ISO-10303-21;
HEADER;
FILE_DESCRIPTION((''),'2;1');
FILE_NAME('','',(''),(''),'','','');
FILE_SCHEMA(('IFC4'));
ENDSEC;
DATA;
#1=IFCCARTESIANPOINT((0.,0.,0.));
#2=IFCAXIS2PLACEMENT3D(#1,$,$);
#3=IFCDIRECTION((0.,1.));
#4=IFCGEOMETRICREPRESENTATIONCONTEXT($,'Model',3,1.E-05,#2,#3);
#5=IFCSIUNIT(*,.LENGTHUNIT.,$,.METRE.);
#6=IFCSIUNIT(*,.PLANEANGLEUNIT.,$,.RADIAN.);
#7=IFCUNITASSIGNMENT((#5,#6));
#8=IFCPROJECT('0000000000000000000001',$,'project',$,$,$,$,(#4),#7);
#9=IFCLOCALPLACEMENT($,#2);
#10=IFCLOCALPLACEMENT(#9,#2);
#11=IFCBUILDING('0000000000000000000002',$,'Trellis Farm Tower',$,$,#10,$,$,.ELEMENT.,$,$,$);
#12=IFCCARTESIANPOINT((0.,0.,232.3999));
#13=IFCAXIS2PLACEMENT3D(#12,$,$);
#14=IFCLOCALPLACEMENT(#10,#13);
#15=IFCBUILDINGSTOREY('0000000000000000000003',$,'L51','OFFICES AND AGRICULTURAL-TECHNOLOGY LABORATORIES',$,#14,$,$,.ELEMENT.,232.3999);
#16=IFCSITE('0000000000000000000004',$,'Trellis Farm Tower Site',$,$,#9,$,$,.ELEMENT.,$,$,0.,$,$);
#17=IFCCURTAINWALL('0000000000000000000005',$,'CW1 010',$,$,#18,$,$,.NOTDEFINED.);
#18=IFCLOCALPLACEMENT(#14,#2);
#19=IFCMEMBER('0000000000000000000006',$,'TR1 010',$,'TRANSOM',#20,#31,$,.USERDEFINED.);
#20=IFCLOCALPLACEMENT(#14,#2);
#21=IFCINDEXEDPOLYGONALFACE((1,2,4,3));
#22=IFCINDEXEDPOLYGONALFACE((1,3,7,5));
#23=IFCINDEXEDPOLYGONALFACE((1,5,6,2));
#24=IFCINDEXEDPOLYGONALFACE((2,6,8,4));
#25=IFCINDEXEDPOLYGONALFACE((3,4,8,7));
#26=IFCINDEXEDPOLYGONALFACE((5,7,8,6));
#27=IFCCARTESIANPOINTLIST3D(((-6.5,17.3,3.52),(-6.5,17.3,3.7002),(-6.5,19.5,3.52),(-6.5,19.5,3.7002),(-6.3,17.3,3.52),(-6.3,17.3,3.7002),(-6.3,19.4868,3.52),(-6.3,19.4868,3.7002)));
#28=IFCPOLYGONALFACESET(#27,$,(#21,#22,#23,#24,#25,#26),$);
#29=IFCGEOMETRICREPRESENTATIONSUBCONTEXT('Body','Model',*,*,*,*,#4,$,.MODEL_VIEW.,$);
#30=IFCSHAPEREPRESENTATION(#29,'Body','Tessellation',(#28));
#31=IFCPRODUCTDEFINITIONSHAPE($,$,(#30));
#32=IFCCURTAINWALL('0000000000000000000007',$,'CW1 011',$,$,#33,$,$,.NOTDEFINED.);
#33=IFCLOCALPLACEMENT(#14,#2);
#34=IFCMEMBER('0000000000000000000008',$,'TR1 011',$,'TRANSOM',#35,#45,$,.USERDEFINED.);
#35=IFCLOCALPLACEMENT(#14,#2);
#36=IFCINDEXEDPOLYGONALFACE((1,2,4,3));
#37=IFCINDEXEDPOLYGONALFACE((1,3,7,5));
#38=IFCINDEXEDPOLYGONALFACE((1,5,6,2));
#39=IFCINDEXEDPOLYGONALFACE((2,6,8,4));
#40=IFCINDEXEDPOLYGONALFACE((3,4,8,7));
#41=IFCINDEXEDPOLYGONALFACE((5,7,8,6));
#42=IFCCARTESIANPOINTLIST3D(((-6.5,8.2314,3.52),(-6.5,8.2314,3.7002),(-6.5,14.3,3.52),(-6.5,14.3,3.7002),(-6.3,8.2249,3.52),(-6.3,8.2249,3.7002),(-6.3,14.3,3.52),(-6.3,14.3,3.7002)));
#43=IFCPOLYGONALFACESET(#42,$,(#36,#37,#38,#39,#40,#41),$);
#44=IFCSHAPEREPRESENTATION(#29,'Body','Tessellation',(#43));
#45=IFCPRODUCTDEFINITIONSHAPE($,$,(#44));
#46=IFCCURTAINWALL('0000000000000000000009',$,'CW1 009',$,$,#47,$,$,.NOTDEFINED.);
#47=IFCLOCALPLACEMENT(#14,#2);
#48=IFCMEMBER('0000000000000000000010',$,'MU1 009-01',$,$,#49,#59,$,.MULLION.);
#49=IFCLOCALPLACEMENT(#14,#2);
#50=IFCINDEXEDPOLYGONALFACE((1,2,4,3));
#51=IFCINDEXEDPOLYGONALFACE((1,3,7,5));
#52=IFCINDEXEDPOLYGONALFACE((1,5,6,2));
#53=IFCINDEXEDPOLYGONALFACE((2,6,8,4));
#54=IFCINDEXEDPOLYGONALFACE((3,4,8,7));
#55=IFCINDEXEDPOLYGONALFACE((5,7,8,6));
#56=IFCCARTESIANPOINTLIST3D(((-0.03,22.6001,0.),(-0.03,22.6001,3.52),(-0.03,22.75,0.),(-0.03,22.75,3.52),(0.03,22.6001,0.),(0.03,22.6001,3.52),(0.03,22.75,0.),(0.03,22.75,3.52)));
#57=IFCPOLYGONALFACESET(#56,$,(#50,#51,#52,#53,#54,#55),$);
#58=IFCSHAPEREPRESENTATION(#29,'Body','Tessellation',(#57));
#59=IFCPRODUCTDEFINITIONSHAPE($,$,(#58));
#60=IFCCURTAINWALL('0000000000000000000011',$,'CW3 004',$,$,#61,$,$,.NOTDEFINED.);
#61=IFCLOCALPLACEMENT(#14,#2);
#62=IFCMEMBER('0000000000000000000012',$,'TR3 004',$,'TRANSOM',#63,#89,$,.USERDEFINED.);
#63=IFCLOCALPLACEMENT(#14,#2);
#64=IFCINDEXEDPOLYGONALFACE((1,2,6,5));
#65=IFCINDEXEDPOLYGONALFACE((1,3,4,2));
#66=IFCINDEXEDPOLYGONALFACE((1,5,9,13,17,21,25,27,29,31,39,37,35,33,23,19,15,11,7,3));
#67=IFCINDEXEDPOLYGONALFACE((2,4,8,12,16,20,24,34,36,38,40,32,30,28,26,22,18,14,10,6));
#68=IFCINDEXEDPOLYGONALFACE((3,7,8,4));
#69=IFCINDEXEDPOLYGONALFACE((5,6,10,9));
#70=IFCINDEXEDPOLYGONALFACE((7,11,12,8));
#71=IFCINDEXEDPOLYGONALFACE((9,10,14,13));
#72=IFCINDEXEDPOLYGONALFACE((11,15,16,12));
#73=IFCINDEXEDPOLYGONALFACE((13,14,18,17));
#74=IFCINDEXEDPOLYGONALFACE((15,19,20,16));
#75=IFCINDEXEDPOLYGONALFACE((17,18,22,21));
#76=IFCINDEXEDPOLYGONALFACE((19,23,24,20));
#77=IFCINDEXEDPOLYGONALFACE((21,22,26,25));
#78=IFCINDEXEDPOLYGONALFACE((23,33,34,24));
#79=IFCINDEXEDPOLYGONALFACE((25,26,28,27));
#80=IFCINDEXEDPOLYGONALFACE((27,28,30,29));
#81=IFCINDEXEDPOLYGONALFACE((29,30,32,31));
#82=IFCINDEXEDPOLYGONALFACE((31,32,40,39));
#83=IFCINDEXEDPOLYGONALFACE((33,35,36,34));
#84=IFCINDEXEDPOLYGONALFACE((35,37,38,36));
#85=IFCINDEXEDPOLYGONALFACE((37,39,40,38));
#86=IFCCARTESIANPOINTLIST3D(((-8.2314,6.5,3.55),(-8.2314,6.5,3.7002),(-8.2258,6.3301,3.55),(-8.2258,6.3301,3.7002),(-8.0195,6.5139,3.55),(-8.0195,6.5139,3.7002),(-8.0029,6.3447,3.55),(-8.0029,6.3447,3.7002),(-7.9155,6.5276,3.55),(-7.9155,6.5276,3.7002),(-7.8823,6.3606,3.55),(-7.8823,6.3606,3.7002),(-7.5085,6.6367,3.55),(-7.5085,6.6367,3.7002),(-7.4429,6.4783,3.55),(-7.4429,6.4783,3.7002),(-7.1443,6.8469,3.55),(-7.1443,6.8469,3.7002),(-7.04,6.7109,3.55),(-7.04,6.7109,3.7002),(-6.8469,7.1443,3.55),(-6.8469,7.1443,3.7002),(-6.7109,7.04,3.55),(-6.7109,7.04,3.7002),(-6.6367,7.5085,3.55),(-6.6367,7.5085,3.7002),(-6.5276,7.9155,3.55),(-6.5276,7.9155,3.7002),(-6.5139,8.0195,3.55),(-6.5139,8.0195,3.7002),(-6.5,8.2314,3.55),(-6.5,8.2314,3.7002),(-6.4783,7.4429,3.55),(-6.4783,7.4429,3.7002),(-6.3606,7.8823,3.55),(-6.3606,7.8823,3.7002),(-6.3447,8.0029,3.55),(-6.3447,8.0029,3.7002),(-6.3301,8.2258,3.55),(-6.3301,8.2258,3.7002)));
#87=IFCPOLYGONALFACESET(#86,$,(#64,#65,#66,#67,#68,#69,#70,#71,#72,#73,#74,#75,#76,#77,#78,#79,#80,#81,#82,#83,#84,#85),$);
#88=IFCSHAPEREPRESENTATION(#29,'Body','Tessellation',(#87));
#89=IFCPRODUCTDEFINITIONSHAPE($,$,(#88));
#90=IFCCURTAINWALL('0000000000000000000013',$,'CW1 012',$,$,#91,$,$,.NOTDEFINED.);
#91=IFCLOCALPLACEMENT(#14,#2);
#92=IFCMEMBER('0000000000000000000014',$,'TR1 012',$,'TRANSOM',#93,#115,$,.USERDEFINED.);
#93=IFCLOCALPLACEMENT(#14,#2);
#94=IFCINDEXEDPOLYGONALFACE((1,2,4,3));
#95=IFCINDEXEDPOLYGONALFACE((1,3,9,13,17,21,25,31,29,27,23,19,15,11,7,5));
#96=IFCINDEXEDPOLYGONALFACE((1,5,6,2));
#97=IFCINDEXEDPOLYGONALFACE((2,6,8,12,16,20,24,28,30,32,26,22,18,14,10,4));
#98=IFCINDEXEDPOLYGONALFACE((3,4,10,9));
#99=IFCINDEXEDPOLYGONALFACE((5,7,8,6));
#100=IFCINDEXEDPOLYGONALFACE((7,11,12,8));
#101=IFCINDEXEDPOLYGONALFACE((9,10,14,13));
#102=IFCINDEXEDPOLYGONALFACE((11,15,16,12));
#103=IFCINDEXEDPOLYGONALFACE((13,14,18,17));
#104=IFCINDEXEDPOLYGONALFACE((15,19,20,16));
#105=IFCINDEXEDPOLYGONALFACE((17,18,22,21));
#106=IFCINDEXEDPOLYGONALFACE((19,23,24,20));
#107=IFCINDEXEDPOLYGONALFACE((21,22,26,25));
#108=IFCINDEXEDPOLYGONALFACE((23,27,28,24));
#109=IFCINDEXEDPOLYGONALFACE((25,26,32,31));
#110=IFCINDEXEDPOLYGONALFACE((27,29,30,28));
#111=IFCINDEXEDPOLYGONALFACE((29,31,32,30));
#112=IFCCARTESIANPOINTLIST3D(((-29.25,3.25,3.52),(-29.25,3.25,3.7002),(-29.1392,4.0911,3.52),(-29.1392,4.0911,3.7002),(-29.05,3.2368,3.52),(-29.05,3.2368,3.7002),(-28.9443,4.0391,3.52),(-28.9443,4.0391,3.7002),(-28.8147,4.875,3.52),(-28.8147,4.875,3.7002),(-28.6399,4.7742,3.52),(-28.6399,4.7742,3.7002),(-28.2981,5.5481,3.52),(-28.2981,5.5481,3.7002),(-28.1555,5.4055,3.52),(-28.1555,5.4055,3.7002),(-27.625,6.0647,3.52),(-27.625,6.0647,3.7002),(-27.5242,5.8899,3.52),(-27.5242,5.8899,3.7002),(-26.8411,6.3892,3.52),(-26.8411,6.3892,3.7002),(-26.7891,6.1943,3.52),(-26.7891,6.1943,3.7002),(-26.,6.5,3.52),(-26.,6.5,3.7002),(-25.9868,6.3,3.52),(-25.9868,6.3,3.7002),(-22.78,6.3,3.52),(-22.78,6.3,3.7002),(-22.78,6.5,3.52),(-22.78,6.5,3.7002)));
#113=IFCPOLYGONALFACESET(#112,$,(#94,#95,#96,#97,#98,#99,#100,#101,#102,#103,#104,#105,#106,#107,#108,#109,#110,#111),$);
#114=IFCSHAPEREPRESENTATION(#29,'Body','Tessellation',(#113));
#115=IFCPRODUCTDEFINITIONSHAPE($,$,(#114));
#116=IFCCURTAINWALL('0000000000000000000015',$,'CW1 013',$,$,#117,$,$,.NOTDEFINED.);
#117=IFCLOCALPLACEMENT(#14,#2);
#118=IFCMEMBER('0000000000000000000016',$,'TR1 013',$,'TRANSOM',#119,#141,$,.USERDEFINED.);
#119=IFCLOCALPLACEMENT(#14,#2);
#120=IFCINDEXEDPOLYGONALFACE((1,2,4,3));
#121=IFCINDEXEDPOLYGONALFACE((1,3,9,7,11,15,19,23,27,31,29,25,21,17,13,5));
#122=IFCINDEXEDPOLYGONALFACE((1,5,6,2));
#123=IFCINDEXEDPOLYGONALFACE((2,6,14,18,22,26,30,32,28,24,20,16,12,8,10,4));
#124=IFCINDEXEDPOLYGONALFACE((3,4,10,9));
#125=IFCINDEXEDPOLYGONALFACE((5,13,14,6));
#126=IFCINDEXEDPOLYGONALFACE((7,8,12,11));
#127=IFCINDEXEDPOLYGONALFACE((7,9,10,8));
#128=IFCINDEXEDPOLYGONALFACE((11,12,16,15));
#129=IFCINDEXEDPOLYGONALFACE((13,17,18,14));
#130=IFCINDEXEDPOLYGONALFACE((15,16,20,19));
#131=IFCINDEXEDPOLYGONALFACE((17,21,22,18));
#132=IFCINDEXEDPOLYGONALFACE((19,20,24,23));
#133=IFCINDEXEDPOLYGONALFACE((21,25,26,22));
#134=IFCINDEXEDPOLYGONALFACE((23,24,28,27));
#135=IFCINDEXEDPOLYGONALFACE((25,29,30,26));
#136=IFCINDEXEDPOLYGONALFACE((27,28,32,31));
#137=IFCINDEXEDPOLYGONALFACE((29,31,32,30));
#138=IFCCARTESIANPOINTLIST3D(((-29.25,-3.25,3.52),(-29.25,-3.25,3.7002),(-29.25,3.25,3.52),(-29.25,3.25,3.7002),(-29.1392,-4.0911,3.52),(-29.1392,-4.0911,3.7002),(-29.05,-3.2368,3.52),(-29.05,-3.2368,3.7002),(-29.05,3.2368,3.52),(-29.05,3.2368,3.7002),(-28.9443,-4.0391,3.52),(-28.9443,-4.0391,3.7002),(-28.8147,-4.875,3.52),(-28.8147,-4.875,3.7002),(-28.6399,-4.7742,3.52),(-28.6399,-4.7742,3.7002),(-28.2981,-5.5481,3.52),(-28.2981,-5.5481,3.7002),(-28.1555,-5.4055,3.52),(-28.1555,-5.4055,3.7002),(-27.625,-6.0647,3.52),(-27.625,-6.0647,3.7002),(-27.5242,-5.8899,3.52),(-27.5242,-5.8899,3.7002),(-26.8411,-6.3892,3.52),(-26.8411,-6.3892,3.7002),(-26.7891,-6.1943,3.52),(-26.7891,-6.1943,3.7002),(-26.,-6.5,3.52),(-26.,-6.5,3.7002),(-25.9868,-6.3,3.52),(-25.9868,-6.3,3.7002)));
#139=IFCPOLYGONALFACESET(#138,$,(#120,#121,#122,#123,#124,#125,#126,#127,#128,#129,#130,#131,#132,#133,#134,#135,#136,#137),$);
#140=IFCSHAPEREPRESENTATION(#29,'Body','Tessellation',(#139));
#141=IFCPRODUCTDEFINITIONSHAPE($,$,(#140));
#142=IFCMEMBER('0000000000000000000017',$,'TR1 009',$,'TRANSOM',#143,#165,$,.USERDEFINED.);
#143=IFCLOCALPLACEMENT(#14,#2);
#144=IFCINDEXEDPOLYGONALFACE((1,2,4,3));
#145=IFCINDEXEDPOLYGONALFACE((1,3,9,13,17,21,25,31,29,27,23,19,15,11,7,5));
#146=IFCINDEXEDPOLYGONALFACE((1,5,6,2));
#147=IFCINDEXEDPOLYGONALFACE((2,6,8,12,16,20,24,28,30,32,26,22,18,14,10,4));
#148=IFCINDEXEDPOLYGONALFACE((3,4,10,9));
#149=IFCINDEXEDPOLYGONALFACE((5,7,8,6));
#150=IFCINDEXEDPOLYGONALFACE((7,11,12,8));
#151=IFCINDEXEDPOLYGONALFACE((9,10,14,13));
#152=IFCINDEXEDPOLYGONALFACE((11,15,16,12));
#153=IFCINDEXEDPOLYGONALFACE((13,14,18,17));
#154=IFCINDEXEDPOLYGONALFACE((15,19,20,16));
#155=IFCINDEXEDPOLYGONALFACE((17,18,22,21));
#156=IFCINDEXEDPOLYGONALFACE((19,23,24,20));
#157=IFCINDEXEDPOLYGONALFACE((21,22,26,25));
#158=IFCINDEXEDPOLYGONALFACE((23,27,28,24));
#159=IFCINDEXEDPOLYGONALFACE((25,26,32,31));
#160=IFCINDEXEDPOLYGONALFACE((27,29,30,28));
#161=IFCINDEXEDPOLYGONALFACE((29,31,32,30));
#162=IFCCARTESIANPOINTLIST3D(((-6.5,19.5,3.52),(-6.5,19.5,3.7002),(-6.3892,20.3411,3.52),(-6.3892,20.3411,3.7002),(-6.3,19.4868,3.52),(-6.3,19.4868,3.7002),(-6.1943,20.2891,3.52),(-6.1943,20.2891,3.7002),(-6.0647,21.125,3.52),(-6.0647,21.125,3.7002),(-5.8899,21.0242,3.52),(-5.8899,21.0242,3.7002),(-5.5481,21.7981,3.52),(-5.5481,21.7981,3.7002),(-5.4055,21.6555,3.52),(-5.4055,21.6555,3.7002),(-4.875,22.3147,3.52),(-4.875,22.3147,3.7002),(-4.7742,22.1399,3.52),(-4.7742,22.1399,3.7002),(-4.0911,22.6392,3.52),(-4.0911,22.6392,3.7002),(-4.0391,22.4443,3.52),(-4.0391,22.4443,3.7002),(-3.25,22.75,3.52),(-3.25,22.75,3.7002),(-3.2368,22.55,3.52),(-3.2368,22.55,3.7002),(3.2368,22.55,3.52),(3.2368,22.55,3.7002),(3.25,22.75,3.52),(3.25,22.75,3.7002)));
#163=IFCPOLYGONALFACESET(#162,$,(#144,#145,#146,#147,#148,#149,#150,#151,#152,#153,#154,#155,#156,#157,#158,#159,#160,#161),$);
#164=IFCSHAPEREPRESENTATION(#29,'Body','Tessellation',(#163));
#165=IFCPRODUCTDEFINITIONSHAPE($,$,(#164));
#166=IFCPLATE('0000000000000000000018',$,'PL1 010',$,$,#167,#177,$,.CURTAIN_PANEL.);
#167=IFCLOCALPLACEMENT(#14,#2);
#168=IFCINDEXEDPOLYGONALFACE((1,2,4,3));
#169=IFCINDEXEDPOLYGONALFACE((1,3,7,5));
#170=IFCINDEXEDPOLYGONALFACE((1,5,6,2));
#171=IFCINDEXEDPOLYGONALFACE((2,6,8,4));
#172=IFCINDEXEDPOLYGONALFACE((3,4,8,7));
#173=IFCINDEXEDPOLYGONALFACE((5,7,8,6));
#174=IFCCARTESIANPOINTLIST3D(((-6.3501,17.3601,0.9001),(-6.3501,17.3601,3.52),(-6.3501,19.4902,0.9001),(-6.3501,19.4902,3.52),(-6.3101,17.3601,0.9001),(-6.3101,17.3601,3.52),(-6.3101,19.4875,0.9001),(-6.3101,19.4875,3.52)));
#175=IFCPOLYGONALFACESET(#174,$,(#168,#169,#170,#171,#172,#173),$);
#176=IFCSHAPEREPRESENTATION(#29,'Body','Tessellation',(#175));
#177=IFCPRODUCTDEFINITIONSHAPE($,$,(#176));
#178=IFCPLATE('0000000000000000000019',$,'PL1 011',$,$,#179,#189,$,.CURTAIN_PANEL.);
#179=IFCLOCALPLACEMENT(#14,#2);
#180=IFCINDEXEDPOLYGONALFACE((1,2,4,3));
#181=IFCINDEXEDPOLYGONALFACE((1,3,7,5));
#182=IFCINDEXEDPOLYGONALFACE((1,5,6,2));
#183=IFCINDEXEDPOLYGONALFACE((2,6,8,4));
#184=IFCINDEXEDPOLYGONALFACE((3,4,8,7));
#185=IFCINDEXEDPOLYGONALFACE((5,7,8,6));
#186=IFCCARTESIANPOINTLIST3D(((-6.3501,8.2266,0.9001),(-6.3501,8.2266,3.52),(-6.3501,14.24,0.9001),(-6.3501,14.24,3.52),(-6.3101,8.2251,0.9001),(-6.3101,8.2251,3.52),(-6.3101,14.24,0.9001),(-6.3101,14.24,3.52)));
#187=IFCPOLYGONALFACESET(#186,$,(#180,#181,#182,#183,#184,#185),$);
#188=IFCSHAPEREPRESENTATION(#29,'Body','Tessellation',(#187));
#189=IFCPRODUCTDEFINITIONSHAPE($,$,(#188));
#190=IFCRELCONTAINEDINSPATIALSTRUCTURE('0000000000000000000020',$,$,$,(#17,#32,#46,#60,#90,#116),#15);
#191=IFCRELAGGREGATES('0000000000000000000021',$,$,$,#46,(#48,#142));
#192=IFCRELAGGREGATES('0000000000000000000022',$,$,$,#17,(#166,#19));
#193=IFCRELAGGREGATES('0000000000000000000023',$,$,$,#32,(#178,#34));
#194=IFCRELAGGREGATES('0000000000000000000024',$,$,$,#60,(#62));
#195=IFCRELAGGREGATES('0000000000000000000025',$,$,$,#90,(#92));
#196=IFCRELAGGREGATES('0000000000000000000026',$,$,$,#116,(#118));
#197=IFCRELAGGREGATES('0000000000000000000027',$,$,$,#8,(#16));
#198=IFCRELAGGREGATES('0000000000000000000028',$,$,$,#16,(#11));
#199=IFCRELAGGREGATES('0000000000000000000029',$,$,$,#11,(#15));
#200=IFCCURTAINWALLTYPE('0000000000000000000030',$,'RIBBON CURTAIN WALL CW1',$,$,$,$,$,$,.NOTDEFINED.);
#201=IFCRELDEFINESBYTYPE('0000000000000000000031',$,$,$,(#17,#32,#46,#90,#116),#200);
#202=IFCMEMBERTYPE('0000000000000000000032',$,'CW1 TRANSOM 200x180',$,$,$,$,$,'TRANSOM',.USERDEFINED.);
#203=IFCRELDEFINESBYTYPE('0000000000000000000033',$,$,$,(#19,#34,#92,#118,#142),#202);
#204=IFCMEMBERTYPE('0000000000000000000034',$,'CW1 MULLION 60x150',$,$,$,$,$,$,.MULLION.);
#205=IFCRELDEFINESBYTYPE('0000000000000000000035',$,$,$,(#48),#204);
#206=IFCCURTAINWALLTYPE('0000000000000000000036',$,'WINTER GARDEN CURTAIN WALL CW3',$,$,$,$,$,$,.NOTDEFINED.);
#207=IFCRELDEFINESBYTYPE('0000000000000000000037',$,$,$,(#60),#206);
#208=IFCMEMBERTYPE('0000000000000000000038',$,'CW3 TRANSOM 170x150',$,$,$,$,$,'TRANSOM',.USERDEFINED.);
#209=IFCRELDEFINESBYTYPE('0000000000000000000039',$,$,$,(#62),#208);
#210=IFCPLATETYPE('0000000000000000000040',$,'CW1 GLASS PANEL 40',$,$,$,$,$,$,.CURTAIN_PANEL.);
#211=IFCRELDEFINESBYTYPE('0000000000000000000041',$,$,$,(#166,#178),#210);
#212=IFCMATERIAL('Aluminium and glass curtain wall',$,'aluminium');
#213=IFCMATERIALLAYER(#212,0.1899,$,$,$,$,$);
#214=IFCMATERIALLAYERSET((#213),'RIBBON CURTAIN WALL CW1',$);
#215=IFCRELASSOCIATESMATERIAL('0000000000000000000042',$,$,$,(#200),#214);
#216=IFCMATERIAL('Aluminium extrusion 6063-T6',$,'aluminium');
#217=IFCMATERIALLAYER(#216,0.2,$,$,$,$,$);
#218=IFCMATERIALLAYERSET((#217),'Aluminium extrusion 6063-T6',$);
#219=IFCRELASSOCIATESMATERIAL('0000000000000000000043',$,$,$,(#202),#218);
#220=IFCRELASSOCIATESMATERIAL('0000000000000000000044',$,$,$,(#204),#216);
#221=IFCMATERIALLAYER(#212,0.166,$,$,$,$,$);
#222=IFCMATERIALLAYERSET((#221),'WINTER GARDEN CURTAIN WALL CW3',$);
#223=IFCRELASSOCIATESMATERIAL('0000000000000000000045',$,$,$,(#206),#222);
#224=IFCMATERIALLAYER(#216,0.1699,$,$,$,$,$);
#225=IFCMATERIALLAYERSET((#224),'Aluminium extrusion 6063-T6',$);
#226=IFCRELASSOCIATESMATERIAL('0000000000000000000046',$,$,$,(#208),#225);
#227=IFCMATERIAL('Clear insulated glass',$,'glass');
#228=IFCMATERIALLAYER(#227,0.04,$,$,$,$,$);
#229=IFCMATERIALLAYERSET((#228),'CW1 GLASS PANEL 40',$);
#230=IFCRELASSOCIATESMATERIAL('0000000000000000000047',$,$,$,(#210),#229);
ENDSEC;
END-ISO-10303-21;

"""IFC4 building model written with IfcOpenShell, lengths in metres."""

from ifc_helpers import new_model, si_unit, direction, frame, origin, origin_2d, place, context, subcontext, project, spatial, polyline, rectangle, outline, extrude, source, transform, mapped, material, layer, layer_set, material_profile, profile_set, type_object, element, aggregate, save


model = new_model("IFC4")

# Units and contexts
model_context = context("Model", 3, precision=1e-05, world=origin(), true_north=direction((0.0, 1.0)))
body_context = subcontext(model_context, "Body", "Model", "MODEL_VIEW")
ifc_project = project(units=[si_unit("LENGTHUNIT", "METRE"), si_unit("PLANEANGLEUNIT", "RADIAN")], contexts=[model_context])

# Site, building, storey
site_placement = place(None, origin())
site = spatial("IfcSite", under=ifc_project, at=site_placement, Name="Trellis Farm Tower Site", CompositionType="ELEMENT", RefElevation=0.0)
building_placement = place(site_placement, origin())
building = spatial("IfcBuilding", under=site, at=building_placement, Name="Trellis Farm Tower", CompositionType="ELEMENT")
storey_placement = place(building_placement, frame((0.0, 0.0, 232.3999)))
storey = spatial("IfcBuildingStorey", under=building, at=storey_placement, Name="L51", Description="OFFICES AND AGRICULTURAL-TECHNOLOGY LABORATORIES", CompositionType="ELEMENT", Elevation=232.3999)

# Curtain walls, members
ifc_material_1 = material(Name="Aluminium and glass curtain wall", Category="aluminium")
ifc_layer_1 = layer(ifc_material_1, 0.1899)
ifc_layer_set_1 = layer_set([ifc_layer_1], Name="RIBBON CURTAIN WALL CW1")
curtain_wall_type_1 = type_object("IfcCurtainWallType", Name="RIBBON CURTAIN WALL CW1", PredefinedType="NOTDEFINED", material=ifc_layer_set_1)
placement_1 = place(storey_placement, origin())
curtain_wall_1 = element("IfcCurtainWall", 1, at=placement_1, inside=storey, type_object=curtain_wall_type_1, Name="CW1 010", PredefinedType="NOTDEFINED")
ifc_material_2 = material(Name="Aluminium extrusion 6063-T6", Category="aluminium")
ifc_layer_2 = layer(ifc_material_2, 0.2)
ifc_layer_set_2 = layer_set([ifc_layer_2], Name="Aluminium extrusion 6063-T6")
member_type_1 = type_object("IfcMemberType", Name="CW1 TRANSOM 200x180", ElementType="TRANSOM", PredefinedType="USERDEFINED", material=ifc_layer_set_2)
placement_2 = place(storey_placement, frame((0.0, 0.0, 3.52)))
member_1 = element("IfcMember", 2, at=placement_2, type_object=member_type_1, Name="TR1 010", ObjectType="TRANSOM", PredefinedType="USERDEFINED", context=body_context, shape_type="SweptSolid", body=[
    extrude(outline(polyline([(-6.5, 19.5), (-6.5, 17.3), (-6.3, 17.3), (-6.3, 19.4868), (-6.5, 19.5)])), origin(), (0.0, 0.0, 1.0), 0.1802),
])
curtain_wall_2 = element("IfcCurtainWall", 3, at=placement_1, inside=storey, type_object=curtain_wall_type_1, Name="CW1 011", PredefinedType="NOTDEFINED")
member_2 = element("IfcMember", 4, at=placement_2, type_object=member_type_1, Name="TR1 011", ObjectType="TRANSOM", PredefinedType="USERDEFINED", context=body_context, shape_type="SweptSolid", body=[
    extrude(outline(polyline([(-6.5, 14.3), (-6.5, 8.2314), (-6.3, 8.2249), (-6.3, 14.3), (-6.5, 14.3)])), origin(), (0.0, 0.0, 1.0), 0.1802),
])
curtain_wall_3 = element("IfcCurtainWall", 5, at=placement_1, inside=storey, type_object=curtain_wall_type_1, Name="CW1 009", PredefinedType="NOTDEFINED")
ifc_material_profile = material_profile(ifc_material_2, rectangle(XDim=0.0601, YDim=0.1499, at=origin_2d()), Name="MULLION 60x150")
ifc_profile_set = profile_set([ifc_material_profile], Name="Aluminium extrusion 6063-T6")
member_type_2 = type_object("IfcMemberType", Name="CW1 MULLION 60x150", PredefinedType="MULLION", material=ifc_profile_set)
shared_shape_1 = source(origin(), body_context, "Body", "SweptSolid", [
    extrude(rectangle(XDim=0.0601, YDim=0.1499, at=origin_2d()), origin(), (0.0, 0.0, 1.0), 3.52),
])
member_3_placement = place(storey_placement, frame((0.0, 22.675, 0.0), z_axis=(0.0, 0.0, 1.0), x_axis=(-1.0, 0.0, 0.0)))
member_3 = element("IfcMember", 6, at=member_3_placement, type_object=member_type_2, Name="MU1 009-01", PredefinedType="MULLION", context=body_context, shape_type="MappedRepresentation", body=[
    mapped(shared_shape_1, transform((0.0, 0.0, 0.0))),
])
ifc_layer_3 = layer(ifc_material_1, 0.166)
ifc_layer_set_3 = layer_set([ifc_layer_3], Name="WINTER GARDEN CURTAIN WALL CW3")
curtain_wall_type_2 = type_object("IfcCurtainWallType", Name="WINTER GARDEN CURTAIN WALL CW3", PredefinedType="NOTDEFINED", material=ifc_layer_set_3)
curtain_wall_4 = element("IfcCurtainWall", 7, at=placement_1, inside=storey, type_object=curtain_wall_type_2, Name="CW3 004", PredefinedType="NOTDEFINED")
ifc_layer_4 = layer(ifc_material_2, 0.1699)
ifc_layer_set_4 = layer_set([ifc_layer_4], Name="Aluminium extrusion 6063-T6")
member_type_3 = type_object("IfcMemberType", Name="CW3 TRANSOM 170x150", ElementType="TRANSOM", PredefinedType="USERDEFINED", material=ifc_layer_set_4)
shared_shape_2 = source(origin(), body_context, "Body", "SweptSolid", [
    extrude(outline(polyline([(-6.5, 8.2314), (-6.5139, 8.0195), (-6.5276, 7.9155), (-6.6367, 7.5085), (-6.8469, 7.1443), (-7.1443, 6.8469), (-7.5085, 6.6367), (-7.9155, 6.5276), (-8.0195, 6.5139), (-8.2314, 6.5), (-8.2258, 6.3301), (-8.0029, 6.3447), (-7.8823, 6.3606), (-7.4429, 6.4783), (-7.04, 6.7109), (-6.7109, 7.04), (-6.4783, 7.4429), (-6.3606, 7.8823), (-6.3447, 8.0029), (-6.3301, 8.2258), (-6.5, 8.2314)])), origin(), (0.0, 0.0, 1.0), 0.1501),
])
member_4_placement = place(storey_placement, frame((0.0, 0.0, 3.55)))
member_4 = element("IfcMember", 8, at=member_4_placement, type_object=member_type_3, Name="TR3 004", ObjectType="TRANSOM", PredefinedType="USERDEFINED", context=body_context, shape_type="MappedRepresentation", body=[
    mapped(shared_shape_2, transform((0.0, 0.0, 0.0))),
])
curtain_wall_5 = element("IfcCurtainWall", 9, at=placement_1, inside=storey, type_object=curtain_wall_type_1, Name="CW1 012", PredefinedType="NOTDEFINED")
shared_shape_3 = source(origin(), body_context, "Body", "SweptSolid", [
    extrude(outline(polyline([(-22.78, 6.5), (-26.0, 6.5), (-26.8411, 6.3892), (-27.625, 6.0647), (-28.2981, 5.5481), (-28.8147, 4.875), (-29.1392, 4.0911), (-29.25, 3.25), (-29.05, 3.2368), (-28.9443, 4.0391), (-28.6399, 4.7742), (-28.1555, 5.4055), (-27.5242, 5.8899), (-26.7891, 6.1943), (-25.9868, 6.3), (-22.78, 6.3), (-22.78, 6.5)])), origin(), (0.0, 0.0, 1.0), 0.1802),
])
member_5 = element("IfcMember", 10, at=placement_2, type_object=member_type_1, Name="TR1 012", ObjectType="TRANSOM", PredefinedType="USERDEFINED", context=body_context, shape_type="MappedRepresentation", body=[
    mapped(shared_shape_3, transform((0.0, 0.0, 0.0))),
])
curtain_wall_6 = element("IfcCurtainWall", 11, at=placement_1, inside=storey, type_object=curtain_wall_type_1, Name="CW1 013", PredefinedType="NOTDEFINED")
shared_shape_4 = source(origin(), body_context, "Body", "SweptSolid", [
    extrude(outline(polyline([(-29.25, 3.25), (-29.25, -3.25), (-29.1392, -4.0911), (-28.8147, -4.875), (-28.2981, -5.5481), (-27.625, -6.0647), (-26.8411, -6.3892), (-26.0, -6.5), (-25.9868, -6.3), (-26.7891, -6.1943), (-27.5242, -5.8899), (-28.1555, -5.4055), (-28.6399, -4.7742), (-28.9443, -4.0391), (-29.05, -3.2368), (-29.05, 3.2368), (-29.25, 3.25)])), origin(), (0.0, 0.0, 1.0), 0.1802),
])
member_6 = element("IfcMember", 12, at=placement_2, type_object=member_type_1, Name="TR1 013", ObjectType="TRANSOM", PredefinedType="USERDEFINED", context=body_context, shape_type="MappedRepresentation", body=[
    mapped(shared_shape_4, transform((0.0, 0.0, 0.0))),
])

# Member
shared_shape_5 = source(origin(), body_context, "Body", "SweptSolid", [
    extrude(outline(polyline([(3.25, 22.75), (-3.25, 22.75), (-4.0911, 22.6392), (-4.875, 22.3147), (-5.5481, 21.7981), (-6.0647, 21.125), (-6.3892, 20.3411), (-6.5, 19.5), (-6.3, 19.4868), (-6.1943, 20.2891), (-5.8899, 21.0242), (-5.4055, 21.6555), (-4.7742, 22.1399), (-4.0391, 22.4443), (-3.2368, 22.55), (3.2368, 22.55), (3.25, 22.75)])), origin(), (0.0, 0.0, 1.0), 0.1802),
])
member_7 = element("IfcMember", 13, at=placement_2, type_object=member_type_1, Name="TR1 009", ObjectType="TRANSOM", PredefinedType="USERDEFINED", context=body_context, shape_type="MappedRepresentation", body=[
    mapped(shared_shape_5, transform((0.0, 0.0, 0.0))),
])
aggregate(curtain_wall_3, [member_3, member_7])

# Plates
ifc_material_3 = material(Name="Clear insulated glass", Category="glass")
ifc_layer_5 = layer(ifc_material_3, 0.04)
ifc_layer_set_5 = layer_set([ifc_layer_5], Name="CW1 GLASS PANEL 40")
plate_type_1 = type_object("IfcPlateType", Name="CW1 GLASS PANEL 40", PredefinedType="CURTAIN_PANEL", material=ifc_layer_set_5)
placement_3 = place(storey_placement, frame((0.0, 0.0, 0.9001)))
plate_1 = element("IfcPlate", 14, at=placement_3, type_object=plate_type_1, Name="PL1 010", PredefinedType="CURTAIN_PANEL", context=body_context, shape_type="SweptSolid", body=[
    extrude(outline(polyline([(-6.3501, 19.4902), (-6.3501, 17.3601), (-6.3101, 17.3601), (-6.3101, 19.4875), (-6.3501, 19.4902)])), origin(), (0.0, 0.0, 1.0), 2.6199),
])
plate_2 = element("IfcPlate", 15, at=placement_3, type_object=plate_type_1, Name="PL1 011", PredefinedType="CURTAIN_PANEL", context=body_context, shape_type="SweptSolid", body=[
    extrude(outline(polyline([(-6.3501, 14.24), (-6.3501, 8.2266), (-6.3101, 8.2251), (-6.3101, 14.24), (-6.3501, 14.24)])), origin(), (0.0, 0.0, 1.0), 2.6199),
])
aggregate(curtain_wall_1, [plate_1, member_1])
aggregate(curtain_wall_2, [plate_2, member_2])
aggregate(curtain_wall_4, [member_4])
aggregate(curtain_wall_5, [member_5])
aggregate(curtain_wall_6, [member_6])

save(model, "model.ifc")
